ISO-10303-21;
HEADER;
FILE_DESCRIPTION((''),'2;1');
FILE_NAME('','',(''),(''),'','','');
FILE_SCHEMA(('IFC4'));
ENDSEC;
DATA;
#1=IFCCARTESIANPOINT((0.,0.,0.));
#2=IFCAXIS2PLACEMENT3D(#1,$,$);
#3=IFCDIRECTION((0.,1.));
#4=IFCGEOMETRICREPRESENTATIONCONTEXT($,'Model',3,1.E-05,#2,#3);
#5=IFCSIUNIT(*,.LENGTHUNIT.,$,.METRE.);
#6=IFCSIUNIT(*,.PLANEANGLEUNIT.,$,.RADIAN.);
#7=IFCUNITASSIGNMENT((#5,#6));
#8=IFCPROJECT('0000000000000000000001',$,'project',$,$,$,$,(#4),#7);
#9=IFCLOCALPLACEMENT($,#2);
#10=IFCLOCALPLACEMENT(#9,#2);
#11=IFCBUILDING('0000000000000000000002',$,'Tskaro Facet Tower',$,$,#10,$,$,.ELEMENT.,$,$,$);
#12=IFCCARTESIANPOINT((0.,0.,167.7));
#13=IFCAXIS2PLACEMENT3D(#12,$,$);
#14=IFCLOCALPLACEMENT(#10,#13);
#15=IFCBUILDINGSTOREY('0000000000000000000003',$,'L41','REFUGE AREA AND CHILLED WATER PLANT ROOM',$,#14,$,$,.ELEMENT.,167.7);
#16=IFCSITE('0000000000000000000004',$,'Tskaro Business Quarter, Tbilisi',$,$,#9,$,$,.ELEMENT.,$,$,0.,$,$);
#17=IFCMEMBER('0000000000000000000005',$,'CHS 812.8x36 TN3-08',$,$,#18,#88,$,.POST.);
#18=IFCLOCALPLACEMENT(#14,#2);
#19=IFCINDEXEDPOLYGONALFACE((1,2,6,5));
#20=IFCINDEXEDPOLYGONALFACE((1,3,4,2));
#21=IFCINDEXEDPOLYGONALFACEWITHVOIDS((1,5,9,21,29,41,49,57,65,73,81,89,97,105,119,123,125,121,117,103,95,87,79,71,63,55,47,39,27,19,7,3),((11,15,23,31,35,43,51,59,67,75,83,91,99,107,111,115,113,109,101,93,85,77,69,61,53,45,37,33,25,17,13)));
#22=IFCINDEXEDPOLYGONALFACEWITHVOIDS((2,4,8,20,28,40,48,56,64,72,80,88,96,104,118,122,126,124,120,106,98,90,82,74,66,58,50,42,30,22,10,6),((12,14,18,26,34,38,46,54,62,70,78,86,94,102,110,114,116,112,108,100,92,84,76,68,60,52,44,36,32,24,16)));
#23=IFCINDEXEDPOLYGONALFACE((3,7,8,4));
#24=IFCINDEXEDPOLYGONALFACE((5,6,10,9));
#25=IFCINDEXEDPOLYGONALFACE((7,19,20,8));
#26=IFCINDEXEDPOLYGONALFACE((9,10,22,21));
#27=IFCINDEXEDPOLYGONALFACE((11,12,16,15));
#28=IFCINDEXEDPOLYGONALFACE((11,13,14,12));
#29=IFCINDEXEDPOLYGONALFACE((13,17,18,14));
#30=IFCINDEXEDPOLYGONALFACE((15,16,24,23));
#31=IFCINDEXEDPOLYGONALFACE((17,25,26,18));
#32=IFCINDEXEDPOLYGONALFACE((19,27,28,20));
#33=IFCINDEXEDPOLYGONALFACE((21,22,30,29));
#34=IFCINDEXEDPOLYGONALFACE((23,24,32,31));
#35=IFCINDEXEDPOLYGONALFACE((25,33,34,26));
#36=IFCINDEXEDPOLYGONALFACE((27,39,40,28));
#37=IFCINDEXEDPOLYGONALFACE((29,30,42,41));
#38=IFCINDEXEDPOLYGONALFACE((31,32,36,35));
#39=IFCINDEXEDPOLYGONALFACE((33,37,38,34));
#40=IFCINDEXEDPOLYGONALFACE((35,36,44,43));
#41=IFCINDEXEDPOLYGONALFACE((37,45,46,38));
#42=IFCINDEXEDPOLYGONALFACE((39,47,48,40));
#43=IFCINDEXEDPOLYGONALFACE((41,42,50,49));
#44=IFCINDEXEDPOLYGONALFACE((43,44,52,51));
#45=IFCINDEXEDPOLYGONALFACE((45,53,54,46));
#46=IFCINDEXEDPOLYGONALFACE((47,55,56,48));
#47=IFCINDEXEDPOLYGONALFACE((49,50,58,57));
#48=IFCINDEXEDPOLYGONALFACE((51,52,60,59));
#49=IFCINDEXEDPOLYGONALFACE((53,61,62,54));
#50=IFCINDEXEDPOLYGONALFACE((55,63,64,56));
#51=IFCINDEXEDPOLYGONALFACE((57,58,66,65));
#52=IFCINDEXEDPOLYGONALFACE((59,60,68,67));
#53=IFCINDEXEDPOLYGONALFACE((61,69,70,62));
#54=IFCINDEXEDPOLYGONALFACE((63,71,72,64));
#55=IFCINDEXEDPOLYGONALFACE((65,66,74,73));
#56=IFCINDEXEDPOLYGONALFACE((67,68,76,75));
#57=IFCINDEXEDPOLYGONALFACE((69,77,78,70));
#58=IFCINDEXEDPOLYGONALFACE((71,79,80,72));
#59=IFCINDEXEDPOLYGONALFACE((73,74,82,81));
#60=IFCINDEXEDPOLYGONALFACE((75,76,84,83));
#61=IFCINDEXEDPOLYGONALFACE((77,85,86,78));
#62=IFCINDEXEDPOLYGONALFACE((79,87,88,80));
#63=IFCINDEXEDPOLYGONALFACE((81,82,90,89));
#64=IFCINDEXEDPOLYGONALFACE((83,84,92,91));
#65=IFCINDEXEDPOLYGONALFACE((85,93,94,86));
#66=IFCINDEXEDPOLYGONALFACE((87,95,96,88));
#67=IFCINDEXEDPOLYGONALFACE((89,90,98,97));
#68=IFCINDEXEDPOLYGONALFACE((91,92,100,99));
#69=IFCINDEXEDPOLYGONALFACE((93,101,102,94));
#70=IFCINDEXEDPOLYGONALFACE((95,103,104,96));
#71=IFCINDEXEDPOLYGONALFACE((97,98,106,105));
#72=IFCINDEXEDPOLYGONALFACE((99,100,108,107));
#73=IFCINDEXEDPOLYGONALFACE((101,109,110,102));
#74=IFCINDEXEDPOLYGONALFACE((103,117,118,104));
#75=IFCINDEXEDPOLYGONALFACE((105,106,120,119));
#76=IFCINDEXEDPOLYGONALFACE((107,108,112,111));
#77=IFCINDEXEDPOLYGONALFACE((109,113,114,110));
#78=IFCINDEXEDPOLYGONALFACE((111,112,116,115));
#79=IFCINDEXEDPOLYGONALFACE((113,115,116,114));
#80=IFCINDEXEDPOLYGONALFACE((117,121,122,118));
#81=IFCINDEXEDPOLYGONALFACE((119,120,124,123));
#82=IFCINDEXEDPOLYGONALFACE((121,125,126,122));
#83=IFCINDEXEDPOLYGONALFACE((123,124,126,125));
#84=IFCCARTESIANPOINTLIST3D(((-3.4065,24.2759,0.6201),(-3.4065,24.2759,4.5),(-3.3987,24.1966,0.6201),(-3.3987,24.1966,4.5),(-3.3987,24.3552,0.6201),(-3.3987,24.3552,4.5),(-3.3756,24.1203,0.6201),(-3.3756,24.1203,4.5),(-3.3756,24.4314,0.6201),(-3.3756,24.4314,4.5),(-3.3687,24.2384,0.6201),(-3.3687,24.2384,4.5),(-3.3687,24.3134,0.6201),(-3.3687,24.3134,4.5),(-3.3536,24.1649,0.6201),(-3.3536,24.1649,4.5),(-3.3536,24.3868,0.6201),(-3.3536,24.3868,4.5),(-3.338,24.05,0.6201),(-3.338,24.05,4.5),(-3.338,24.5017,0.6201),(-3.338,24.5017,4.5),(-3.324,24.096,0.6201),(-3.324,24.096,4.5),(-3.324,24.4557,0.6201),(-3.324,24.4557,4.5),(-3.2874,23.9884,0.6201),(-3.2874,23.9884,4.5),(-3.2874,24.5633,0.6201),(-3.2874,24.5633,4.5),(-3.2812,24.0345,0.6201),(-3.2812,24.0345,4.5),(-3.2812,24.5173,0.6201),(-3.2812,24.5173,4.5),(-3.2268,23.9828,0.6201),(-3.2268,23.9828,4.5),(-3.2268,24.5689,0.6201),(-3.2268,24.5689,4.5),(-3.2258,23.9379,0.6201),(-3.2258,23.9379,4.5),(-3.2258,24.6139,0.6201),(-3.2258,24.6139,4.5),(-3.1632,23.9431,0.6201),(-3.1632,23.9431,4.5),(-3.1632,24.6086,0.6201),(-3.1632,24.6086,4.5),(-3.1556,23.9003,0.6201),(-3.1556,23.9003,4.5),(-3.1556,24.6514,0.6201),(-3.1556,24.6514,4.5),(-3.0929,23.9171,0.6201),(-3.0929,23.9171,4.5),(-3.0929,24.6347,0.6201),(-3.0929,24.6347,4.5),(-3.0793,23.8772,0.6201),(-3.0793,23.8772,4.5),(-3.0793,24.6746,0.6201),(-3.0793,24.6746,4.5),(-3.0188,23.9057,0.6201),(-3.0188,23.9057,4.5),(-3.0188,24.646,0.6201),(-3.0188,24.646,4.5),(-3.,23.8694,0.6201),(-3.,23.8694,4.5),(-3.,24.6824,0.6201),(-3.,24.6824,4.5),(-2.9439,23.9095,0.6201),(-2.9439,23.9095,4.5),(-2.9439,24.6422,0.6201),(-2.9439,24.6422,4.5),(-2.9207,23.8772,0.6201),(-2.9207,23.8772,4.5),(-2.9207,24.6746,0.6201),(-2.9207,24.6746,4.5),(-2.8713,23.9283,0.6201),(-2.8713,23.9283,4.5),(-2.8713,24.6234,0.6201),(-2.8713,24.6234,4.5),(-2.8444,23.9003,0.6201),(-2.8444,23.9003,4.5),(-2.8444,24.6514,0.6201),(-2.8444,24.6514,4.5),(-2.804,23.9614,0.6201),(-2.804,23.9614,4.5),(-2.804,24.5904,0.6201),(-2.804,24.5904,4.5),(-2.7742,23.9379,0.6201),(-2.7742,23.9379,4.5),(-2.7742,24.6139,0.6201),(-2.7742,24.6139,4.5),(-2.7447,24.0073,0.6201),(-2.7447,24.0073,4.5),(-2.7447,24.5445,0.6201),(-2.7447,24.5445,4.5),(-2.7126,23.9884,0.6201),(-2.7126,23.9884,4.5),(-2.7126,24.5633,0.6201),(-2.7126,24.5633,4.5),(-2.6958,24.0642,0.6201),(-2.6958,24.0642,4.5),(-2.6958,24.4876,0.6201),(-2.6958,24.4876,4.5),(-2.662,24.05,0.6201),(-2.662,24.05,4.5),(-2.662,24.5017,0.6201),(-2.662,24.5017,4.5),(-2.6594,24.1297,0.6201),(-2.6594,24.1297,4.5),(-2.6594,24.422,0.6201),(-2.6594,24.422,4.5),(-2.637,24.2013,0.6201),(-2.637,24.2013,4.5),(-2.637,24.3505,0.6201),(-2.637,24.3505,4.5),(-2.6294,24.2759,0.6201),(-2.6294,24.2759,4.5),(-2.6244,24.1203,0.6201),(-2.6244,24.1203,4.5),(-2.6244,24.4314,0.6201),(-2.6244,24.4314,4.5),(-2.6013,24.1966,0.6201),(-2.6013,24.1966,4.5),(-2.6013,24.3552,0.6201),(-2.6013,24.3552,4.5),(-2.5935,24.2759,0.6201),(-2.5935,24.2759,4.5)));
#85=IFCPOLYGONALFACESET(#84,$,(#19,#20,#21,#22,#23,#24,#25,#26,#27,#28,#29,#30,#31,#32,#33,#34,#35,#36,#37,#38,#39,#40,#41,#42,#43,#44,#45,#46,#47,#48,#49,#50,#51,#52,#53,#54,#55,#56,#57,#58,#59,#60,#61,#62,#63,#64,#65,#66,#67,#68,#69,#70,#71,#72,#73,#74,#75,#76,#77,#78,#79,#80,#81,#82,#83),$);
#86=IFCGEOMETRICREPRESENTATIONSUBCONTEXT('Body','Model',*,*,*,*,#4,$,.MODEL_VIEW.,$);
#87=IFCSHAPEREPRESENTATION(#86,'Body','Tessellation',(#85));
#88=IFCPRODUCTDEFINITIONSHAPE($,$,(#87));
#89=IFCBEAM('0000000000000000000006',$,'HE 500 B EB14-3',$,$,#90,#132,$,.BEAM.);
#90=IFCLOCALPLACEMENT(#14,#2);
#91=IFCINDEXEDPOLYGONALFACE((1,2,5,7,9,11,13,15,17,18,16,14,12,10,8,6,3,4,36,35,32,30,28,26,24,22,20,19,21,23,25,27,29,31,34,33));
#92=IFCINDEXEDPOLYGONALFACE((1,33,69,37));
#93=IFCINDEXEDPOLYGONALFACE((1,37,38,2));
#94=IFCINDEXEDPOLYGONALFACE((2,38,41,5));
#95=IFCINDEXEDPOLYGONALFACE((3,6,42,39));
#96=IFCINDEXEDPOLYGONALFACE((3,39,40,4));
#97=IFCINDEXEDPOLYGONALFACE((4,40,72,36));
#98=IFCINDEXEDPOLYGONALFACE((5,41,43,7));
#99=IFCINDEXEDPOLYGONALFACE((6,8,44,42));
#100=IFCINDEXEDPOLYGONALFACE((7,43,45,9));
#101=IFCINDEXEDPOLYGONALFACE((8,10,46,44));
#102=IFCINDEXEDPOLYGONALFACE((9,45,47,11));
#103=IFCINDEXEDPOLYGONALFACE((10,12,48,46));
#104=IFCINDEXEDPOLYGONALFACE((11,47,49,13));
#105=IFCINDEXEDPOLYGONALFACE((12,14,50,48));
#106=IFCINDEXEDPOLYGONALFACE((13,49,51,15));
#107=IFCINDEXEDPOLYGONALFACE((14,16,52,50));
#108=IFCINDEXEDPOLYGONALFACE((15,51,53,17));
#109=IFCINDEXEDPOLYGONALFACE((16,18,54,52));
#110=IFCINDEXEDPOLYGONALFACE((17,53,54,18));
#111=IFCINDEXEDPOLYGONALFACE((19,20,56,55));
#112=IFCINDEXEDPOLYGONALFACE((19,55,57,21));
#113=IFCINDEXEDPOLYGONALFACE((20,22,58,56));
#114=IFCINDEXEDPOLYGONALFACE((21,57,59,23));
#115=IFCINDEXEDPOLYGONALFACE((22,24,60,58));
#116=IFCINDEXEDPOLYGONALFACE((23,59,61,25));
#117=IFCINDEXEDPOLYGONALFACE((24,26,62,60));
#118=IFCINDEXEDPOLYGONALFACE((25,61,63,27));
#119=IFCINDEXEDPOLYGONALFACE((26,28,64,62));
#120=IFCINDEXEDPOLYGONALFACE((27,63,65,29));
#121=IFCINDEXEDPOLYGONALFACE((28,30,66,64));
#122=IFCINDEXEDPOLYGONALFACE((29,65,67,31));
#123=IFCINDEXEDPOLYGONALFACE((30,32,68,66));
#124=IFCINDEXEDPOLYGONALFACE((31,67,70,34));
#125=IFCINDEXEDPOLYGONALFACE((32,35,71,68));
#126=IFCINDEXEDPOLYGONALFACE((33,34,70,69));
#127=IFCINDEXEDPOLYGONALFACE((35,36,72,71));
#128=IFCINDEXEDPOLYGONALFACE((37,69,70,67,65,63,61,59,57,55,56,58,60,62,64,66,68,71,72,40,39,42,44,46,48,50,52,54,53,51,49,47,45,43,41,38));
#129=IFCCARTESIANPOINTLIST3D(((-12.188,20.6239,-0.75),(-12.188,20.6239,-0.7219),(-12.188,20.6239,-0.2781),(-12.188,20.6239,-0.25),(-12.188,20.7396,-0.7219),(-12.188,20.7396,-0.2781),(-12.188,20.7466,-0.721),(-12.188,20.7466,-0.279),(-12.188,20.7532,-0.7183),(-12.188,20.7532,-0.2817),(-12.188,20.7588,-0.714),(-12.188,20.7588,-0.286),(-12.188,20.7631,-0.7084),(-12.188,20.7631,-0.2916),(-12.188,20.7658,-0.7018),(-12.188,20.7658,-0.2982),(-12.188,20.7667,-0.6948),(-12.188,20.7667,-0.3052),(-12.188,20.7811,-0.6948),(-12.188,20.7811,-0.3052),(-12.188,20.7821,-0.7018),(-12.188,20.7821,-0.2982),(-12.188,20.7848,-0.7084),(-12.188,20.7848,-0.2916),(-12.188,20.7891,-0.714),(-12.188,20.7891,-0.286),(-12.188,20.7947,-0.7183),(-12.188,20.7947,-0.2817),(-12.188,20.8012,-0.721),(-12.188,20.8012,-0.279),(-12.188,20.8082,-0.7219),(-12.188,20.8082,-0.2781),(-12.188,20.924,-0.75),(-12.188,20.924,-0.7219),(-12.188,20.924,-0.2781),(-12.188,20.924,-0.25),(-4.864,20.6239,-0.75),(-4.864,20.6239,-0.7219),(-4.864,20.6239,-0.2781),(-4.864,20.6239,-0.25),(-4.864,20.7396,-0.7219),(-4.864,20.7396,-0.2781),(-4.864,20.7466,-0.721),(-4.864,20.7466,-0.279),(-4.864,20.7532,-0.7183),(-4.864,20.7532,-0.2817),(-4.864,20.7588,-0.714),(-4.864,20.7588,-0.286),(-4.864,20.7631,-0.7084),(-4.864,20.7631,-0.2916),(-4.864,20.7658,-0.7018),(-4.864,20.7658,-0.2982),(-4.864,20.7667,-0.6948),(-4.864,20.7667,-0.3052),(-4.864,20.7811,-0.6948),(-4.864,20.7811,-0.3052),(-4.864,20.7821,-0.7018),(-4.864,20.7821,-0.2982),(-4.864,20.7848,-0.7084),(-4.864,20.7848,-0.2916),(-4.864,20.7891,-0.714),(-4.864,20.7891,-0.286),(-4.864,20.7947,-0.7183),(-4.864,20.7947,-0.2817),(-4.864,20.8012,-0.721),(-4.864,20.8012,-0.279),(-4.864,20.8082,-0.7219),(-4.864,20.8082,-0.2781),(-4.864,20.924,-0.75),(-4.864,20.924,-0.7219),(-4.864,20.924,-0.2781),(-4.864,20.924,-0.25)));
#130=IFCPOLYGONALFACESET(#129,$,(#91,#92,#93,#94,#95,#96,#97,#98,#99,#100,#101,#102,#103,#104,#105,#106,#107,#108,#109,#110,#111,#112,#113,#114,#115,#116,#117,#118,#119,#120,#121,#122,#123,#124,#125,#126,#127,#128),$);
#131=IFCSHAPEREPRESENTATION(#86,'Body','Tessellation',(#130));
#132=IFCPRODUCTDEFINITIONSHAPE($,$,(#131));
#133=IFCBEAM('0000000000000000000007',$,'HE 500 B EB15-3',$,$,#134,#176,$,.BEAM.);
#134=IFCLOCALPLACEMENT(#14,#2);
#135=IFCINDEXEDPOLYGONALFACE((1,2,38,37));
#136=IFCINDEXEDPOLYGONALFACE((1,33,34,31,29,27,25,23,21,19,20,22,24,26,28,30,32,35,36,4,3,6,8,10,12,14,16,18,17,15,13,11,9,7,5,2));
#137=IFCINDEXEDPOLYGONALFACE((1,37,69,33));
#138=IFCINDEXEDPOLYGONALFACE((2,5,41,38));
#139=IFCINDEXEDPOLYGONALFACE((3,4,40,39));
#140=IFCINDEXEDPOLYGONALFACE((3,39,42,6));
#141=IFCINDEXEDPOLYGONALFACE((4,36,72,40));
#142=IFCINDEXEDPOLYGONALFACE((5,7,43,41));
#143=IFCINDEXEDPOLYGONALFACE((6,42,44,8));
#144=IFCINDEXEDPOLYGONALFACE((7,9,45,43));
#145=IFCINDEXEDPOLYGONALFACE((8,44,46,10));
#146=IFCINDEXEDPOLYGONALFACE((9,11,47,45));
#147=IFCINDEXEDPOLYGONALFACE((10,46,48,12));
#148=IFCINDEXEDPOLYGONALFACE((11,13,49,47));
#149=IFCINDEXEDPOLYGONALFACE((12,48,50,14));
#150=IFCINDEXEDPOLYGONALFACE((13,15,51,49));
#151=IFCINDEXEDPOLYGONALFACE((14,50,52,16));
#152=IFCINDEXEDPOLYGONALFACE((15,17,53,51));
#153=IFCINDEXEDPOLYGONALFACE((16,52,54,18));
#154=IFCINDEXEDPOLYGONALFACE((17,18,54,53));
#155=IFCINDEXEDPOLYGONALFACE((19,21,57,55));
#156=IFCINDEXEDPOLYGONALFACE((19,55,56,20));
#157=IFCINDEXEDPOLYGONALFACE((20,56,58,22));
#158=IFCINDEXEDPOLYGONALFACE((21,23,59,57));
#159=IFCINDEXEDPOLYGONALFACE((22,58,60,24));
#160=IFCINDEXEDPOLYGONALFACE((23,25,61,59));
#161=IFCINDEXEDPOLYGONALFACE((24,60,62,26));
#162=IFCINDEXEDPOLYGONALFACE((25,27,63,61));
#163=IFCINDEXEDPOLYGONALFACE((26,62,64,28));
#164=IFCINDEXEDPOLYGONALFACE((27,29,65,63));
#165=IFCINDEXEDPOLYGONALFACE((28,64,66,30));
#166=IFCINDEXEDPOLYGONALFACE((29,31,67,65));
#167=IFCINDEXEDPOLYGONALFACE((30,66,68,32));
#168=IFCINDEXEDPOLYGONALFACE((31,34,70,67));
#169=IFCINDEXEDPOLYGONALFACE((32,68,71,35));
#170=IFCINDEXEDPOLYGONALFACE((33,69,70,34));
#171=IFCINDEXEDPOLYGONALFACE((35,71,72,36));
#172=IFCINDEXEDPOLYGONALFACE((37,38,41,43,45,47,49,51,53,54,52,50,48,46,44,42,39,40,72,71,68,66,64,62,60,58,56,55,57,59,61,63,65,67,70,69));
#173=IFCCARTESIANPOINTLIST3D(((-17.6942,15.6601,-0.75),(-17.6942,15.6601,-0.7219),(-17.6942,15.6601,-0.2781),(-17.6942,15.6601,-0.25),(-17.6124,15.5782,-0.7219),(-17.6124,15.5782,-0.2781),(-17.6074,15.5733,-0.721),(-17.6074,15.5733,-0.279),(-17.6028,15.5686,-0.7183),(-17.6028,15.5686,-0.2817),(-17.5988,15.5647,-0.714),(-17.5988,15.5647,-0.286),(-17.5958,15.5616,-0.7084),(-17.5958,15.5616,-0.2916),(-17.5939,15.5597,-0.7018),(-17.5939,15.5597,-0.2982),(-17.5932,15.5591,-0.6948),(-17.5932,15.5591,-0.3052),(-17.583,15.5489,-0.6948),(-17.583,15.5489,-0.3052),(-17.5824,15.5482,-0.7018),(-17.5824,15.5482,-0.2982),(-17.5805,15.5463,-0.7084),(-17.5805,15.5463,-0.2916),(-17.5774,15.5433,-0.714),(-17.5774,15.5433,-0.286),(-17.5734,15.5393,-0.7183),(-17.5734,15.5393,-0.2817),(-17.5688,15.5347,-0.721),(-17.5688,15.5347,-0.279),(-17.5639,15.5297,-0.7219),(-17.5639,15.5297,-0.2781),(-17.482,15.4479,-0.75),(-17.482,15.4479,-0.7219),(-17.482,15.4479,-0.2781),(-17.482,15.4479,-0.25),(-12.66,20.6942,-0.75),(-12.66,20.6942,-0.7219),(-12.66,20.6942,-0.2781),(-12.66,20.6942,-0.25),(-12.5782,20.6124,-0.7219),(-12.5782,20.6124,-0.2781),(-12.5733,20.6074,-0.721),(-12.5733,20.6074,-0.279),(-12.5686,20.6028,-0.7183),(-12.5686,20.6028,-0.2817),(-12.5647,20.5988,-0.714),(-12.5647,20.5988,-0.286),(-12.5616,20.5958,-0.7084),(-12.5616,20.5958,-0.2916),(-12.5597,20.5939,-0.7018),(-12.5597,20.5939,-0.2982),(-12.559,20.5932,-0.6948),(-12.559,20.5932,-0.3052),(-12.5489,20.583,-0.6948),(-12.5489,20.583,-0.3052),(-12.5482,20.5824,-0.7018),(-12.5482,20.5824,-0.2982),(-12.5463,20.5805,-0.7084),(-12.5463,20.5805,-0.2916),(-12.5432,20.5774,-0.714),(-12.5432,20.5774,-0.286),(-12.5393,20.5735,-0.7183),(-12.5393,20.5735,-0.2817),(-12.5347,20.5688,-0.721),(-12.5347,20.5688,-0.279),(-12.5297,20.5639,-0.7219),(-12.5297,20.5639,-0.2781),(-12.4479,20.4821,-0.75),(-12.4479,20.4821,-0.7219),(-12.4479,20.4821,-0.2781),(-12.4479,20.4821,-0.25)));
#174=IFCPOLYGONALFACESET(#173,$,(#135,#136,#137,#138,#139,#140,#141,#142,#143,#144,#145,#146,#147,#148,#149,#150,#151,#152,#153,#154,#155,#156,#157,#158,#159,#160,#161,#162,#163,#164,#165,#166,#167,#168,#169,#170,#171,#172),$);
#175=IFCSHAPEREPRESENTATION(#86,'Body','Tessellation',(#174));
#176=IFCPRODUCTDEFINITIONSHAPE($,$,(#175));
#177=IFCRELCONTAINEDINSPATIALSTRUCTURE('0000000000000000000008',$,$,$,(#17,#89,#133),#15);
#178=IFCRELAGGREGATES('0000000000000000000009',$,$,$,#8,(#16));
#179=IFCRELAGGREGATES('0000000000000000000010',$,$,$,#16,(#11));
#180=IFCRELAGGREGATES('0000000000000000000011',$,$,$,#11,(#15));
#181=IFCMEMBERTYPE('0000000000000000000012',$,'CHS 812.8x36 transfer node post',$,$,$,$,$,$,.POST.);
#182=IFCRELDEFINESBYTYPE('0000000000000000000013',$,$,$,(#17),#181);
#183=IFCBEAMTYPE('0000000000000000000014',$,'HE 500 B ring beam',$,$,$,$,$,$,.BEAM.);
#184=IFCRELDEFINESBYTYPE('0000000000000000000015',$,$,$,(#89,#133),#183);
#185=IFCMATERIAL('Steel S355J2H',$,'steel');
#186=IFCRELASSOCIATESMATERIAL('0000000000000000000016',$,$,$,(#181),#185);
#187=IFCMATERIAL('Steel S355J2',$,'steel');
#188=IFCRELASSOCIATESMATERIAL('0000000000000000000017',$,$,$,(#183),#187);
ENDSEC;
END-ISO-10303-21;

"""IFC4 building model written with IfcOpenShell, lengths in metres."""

from ifc_helpers import new_model, si_unit, direction, frame, origin, origin_2d, place, context, subcontext, project, spatial, hollow_circle, i_section, extrude, material, material_profile, profile_set, type_object, element, save


model = new_model("IFC4")

# Units and contexts
model_context = context("Model", 3, precision=1e-05, world=origin(), true_north=direction((0.0, 1.0)))
body_context = subcontext(model_context, "Body", "Model", "MODEL_VIEW")
ifc_project = project(units=[si_unit("LENGTHUNIT", "METRE"), si_unit("PLANEANGLEUNIT", "RADIAN")], contexts=[model_context])

# Site, building, storey
site_placement = place(None, origin())
site = spatial("IfcSite", under=ifc_project, at=site_placement, Name="Tskaro Business Quarter, Tbilisi", CompositionType="ELEMENT", RefElevation=0.0)
building_placement = place(site_placement, origin())
building = spatial("IfcBuilding", under=site, at=building_placement, Name="Tskaro Facet Tower", CompositionType="ELEMENT")
storey_placement = place(building_placement, frame((0.0, 0.0, 167.7)))
storey = spatial("IfcBuildingStorey", under=building, at=storey_placement, Name="L41", Description="REFUGE AREA AND CHILLED WATER PLANT ROOM", CompositionType="ELEMENT", Elevation=167.7)

# Shared definitions
ifc_material_1 = material(Name="Steel S355J2H", Category="steel")

# Shared definitions
ifc_material_2 = material(Name="Steel S355J2", Category="steel")

# Member
ifc_material_profile_1 = material_profile(ifc_material_1, hollow_circle(Radius=0.4065, WallThickness=0.0359, at=origin_2d()), Name="CHS 812.8x36")
ifc_profile_set_1 = profile_set([ifc_material_profile_1], Name="Steel S355J2H")
member_type_1 = type_object("IfcMemberType", Name="CHS 812.8x36 transfer node post", PredefinedType="POST", material=ifc_profile_set_1)
member_1_placement = place(storey_placement, frame((-3.0, 24.2759, 0.6201), z_axis=(0.0, 0.0, 1.0), x_axis=(1.0, 0.0, 0.0)))
element("IfcMember", 1, at=member_1_placement, inside=storey, type_object=member_type_1, Name="CHS 812.8x36 TN3-08", PredefinedType="POST", context=body_context, shape_type="SweptSolid", body=[
    extrude(hollow_circle(Radius=0.4065, WallThickness=0.0359, at=origin_2d()), origin(), (0.0, 0.0, 1.0), 3.8799),
])

# Beams
ifc_material_profile_2 = material_profile(ifc_material_2, i_section(OverallWidth=0.3, OverallDepth=0.5, WebThickness=0.0144, FlangeThickness=0.0281, FilletRadius=0.0271, at=origin_2d()), Name="HE 500 B")
ifc_profile_set_2 = profile_set([ifc_material_profile_2], Name="Steel S355J2")
beam_type_1 = type_object("IfcBeamType", Name="HE 500 B ring beam", PredefinedType="BEAM", material=ifc_profile_set_2)
beam_1_placement = place(storey_placement, frame((-4.864, 20.7739, -0.5), z_axis=(-1.0, 0.0, 0.0), x_axis=(0.0, -1.0, 0.0)))
element("IfcBeam", 2, at=beam_1_placement, inside=storey, type_object=beam_type_1, Name="HE 500 B EB14-3", PredefinedType="BEAM", context=body_context, shape_type="SweptSolid", body=[
    extrude(i_section(OverallWidth=0.3, OverallDepth=0.5, WebThickness=0.0144, FlangeThickness=0.0281, FilletRadius=0.0271, at=origin_2d()), origin(), (0.0, 0.0, 1.0), 7.324),
])
beam_2_placement = place(storey_placement, frame((-12.554, 20.5881, -0.5), z_axis=(-0.707107, -0.707107, 0.0), x_axis=(0.707107, -0.707107, 0.0)))
element("IfcBeam", 3, at=beam_2_placement, inside=storey, type_object=beam_type_1, Name="HE 500 B EB15-3", PredefinedType="BEAM", context=body_context, shape_type="SweptSolid", body=[
    extrude(i_section(OverallWidth=0.3, OverallDepth=0.5, WebThickness=0.0144, FlangeThickness=0.0281, FilletRadius=0.0271, at=origin_2d()), origin(), (0.0, 0.0, 1.0), 7.1194),
])

save(model, "model.ifc")
